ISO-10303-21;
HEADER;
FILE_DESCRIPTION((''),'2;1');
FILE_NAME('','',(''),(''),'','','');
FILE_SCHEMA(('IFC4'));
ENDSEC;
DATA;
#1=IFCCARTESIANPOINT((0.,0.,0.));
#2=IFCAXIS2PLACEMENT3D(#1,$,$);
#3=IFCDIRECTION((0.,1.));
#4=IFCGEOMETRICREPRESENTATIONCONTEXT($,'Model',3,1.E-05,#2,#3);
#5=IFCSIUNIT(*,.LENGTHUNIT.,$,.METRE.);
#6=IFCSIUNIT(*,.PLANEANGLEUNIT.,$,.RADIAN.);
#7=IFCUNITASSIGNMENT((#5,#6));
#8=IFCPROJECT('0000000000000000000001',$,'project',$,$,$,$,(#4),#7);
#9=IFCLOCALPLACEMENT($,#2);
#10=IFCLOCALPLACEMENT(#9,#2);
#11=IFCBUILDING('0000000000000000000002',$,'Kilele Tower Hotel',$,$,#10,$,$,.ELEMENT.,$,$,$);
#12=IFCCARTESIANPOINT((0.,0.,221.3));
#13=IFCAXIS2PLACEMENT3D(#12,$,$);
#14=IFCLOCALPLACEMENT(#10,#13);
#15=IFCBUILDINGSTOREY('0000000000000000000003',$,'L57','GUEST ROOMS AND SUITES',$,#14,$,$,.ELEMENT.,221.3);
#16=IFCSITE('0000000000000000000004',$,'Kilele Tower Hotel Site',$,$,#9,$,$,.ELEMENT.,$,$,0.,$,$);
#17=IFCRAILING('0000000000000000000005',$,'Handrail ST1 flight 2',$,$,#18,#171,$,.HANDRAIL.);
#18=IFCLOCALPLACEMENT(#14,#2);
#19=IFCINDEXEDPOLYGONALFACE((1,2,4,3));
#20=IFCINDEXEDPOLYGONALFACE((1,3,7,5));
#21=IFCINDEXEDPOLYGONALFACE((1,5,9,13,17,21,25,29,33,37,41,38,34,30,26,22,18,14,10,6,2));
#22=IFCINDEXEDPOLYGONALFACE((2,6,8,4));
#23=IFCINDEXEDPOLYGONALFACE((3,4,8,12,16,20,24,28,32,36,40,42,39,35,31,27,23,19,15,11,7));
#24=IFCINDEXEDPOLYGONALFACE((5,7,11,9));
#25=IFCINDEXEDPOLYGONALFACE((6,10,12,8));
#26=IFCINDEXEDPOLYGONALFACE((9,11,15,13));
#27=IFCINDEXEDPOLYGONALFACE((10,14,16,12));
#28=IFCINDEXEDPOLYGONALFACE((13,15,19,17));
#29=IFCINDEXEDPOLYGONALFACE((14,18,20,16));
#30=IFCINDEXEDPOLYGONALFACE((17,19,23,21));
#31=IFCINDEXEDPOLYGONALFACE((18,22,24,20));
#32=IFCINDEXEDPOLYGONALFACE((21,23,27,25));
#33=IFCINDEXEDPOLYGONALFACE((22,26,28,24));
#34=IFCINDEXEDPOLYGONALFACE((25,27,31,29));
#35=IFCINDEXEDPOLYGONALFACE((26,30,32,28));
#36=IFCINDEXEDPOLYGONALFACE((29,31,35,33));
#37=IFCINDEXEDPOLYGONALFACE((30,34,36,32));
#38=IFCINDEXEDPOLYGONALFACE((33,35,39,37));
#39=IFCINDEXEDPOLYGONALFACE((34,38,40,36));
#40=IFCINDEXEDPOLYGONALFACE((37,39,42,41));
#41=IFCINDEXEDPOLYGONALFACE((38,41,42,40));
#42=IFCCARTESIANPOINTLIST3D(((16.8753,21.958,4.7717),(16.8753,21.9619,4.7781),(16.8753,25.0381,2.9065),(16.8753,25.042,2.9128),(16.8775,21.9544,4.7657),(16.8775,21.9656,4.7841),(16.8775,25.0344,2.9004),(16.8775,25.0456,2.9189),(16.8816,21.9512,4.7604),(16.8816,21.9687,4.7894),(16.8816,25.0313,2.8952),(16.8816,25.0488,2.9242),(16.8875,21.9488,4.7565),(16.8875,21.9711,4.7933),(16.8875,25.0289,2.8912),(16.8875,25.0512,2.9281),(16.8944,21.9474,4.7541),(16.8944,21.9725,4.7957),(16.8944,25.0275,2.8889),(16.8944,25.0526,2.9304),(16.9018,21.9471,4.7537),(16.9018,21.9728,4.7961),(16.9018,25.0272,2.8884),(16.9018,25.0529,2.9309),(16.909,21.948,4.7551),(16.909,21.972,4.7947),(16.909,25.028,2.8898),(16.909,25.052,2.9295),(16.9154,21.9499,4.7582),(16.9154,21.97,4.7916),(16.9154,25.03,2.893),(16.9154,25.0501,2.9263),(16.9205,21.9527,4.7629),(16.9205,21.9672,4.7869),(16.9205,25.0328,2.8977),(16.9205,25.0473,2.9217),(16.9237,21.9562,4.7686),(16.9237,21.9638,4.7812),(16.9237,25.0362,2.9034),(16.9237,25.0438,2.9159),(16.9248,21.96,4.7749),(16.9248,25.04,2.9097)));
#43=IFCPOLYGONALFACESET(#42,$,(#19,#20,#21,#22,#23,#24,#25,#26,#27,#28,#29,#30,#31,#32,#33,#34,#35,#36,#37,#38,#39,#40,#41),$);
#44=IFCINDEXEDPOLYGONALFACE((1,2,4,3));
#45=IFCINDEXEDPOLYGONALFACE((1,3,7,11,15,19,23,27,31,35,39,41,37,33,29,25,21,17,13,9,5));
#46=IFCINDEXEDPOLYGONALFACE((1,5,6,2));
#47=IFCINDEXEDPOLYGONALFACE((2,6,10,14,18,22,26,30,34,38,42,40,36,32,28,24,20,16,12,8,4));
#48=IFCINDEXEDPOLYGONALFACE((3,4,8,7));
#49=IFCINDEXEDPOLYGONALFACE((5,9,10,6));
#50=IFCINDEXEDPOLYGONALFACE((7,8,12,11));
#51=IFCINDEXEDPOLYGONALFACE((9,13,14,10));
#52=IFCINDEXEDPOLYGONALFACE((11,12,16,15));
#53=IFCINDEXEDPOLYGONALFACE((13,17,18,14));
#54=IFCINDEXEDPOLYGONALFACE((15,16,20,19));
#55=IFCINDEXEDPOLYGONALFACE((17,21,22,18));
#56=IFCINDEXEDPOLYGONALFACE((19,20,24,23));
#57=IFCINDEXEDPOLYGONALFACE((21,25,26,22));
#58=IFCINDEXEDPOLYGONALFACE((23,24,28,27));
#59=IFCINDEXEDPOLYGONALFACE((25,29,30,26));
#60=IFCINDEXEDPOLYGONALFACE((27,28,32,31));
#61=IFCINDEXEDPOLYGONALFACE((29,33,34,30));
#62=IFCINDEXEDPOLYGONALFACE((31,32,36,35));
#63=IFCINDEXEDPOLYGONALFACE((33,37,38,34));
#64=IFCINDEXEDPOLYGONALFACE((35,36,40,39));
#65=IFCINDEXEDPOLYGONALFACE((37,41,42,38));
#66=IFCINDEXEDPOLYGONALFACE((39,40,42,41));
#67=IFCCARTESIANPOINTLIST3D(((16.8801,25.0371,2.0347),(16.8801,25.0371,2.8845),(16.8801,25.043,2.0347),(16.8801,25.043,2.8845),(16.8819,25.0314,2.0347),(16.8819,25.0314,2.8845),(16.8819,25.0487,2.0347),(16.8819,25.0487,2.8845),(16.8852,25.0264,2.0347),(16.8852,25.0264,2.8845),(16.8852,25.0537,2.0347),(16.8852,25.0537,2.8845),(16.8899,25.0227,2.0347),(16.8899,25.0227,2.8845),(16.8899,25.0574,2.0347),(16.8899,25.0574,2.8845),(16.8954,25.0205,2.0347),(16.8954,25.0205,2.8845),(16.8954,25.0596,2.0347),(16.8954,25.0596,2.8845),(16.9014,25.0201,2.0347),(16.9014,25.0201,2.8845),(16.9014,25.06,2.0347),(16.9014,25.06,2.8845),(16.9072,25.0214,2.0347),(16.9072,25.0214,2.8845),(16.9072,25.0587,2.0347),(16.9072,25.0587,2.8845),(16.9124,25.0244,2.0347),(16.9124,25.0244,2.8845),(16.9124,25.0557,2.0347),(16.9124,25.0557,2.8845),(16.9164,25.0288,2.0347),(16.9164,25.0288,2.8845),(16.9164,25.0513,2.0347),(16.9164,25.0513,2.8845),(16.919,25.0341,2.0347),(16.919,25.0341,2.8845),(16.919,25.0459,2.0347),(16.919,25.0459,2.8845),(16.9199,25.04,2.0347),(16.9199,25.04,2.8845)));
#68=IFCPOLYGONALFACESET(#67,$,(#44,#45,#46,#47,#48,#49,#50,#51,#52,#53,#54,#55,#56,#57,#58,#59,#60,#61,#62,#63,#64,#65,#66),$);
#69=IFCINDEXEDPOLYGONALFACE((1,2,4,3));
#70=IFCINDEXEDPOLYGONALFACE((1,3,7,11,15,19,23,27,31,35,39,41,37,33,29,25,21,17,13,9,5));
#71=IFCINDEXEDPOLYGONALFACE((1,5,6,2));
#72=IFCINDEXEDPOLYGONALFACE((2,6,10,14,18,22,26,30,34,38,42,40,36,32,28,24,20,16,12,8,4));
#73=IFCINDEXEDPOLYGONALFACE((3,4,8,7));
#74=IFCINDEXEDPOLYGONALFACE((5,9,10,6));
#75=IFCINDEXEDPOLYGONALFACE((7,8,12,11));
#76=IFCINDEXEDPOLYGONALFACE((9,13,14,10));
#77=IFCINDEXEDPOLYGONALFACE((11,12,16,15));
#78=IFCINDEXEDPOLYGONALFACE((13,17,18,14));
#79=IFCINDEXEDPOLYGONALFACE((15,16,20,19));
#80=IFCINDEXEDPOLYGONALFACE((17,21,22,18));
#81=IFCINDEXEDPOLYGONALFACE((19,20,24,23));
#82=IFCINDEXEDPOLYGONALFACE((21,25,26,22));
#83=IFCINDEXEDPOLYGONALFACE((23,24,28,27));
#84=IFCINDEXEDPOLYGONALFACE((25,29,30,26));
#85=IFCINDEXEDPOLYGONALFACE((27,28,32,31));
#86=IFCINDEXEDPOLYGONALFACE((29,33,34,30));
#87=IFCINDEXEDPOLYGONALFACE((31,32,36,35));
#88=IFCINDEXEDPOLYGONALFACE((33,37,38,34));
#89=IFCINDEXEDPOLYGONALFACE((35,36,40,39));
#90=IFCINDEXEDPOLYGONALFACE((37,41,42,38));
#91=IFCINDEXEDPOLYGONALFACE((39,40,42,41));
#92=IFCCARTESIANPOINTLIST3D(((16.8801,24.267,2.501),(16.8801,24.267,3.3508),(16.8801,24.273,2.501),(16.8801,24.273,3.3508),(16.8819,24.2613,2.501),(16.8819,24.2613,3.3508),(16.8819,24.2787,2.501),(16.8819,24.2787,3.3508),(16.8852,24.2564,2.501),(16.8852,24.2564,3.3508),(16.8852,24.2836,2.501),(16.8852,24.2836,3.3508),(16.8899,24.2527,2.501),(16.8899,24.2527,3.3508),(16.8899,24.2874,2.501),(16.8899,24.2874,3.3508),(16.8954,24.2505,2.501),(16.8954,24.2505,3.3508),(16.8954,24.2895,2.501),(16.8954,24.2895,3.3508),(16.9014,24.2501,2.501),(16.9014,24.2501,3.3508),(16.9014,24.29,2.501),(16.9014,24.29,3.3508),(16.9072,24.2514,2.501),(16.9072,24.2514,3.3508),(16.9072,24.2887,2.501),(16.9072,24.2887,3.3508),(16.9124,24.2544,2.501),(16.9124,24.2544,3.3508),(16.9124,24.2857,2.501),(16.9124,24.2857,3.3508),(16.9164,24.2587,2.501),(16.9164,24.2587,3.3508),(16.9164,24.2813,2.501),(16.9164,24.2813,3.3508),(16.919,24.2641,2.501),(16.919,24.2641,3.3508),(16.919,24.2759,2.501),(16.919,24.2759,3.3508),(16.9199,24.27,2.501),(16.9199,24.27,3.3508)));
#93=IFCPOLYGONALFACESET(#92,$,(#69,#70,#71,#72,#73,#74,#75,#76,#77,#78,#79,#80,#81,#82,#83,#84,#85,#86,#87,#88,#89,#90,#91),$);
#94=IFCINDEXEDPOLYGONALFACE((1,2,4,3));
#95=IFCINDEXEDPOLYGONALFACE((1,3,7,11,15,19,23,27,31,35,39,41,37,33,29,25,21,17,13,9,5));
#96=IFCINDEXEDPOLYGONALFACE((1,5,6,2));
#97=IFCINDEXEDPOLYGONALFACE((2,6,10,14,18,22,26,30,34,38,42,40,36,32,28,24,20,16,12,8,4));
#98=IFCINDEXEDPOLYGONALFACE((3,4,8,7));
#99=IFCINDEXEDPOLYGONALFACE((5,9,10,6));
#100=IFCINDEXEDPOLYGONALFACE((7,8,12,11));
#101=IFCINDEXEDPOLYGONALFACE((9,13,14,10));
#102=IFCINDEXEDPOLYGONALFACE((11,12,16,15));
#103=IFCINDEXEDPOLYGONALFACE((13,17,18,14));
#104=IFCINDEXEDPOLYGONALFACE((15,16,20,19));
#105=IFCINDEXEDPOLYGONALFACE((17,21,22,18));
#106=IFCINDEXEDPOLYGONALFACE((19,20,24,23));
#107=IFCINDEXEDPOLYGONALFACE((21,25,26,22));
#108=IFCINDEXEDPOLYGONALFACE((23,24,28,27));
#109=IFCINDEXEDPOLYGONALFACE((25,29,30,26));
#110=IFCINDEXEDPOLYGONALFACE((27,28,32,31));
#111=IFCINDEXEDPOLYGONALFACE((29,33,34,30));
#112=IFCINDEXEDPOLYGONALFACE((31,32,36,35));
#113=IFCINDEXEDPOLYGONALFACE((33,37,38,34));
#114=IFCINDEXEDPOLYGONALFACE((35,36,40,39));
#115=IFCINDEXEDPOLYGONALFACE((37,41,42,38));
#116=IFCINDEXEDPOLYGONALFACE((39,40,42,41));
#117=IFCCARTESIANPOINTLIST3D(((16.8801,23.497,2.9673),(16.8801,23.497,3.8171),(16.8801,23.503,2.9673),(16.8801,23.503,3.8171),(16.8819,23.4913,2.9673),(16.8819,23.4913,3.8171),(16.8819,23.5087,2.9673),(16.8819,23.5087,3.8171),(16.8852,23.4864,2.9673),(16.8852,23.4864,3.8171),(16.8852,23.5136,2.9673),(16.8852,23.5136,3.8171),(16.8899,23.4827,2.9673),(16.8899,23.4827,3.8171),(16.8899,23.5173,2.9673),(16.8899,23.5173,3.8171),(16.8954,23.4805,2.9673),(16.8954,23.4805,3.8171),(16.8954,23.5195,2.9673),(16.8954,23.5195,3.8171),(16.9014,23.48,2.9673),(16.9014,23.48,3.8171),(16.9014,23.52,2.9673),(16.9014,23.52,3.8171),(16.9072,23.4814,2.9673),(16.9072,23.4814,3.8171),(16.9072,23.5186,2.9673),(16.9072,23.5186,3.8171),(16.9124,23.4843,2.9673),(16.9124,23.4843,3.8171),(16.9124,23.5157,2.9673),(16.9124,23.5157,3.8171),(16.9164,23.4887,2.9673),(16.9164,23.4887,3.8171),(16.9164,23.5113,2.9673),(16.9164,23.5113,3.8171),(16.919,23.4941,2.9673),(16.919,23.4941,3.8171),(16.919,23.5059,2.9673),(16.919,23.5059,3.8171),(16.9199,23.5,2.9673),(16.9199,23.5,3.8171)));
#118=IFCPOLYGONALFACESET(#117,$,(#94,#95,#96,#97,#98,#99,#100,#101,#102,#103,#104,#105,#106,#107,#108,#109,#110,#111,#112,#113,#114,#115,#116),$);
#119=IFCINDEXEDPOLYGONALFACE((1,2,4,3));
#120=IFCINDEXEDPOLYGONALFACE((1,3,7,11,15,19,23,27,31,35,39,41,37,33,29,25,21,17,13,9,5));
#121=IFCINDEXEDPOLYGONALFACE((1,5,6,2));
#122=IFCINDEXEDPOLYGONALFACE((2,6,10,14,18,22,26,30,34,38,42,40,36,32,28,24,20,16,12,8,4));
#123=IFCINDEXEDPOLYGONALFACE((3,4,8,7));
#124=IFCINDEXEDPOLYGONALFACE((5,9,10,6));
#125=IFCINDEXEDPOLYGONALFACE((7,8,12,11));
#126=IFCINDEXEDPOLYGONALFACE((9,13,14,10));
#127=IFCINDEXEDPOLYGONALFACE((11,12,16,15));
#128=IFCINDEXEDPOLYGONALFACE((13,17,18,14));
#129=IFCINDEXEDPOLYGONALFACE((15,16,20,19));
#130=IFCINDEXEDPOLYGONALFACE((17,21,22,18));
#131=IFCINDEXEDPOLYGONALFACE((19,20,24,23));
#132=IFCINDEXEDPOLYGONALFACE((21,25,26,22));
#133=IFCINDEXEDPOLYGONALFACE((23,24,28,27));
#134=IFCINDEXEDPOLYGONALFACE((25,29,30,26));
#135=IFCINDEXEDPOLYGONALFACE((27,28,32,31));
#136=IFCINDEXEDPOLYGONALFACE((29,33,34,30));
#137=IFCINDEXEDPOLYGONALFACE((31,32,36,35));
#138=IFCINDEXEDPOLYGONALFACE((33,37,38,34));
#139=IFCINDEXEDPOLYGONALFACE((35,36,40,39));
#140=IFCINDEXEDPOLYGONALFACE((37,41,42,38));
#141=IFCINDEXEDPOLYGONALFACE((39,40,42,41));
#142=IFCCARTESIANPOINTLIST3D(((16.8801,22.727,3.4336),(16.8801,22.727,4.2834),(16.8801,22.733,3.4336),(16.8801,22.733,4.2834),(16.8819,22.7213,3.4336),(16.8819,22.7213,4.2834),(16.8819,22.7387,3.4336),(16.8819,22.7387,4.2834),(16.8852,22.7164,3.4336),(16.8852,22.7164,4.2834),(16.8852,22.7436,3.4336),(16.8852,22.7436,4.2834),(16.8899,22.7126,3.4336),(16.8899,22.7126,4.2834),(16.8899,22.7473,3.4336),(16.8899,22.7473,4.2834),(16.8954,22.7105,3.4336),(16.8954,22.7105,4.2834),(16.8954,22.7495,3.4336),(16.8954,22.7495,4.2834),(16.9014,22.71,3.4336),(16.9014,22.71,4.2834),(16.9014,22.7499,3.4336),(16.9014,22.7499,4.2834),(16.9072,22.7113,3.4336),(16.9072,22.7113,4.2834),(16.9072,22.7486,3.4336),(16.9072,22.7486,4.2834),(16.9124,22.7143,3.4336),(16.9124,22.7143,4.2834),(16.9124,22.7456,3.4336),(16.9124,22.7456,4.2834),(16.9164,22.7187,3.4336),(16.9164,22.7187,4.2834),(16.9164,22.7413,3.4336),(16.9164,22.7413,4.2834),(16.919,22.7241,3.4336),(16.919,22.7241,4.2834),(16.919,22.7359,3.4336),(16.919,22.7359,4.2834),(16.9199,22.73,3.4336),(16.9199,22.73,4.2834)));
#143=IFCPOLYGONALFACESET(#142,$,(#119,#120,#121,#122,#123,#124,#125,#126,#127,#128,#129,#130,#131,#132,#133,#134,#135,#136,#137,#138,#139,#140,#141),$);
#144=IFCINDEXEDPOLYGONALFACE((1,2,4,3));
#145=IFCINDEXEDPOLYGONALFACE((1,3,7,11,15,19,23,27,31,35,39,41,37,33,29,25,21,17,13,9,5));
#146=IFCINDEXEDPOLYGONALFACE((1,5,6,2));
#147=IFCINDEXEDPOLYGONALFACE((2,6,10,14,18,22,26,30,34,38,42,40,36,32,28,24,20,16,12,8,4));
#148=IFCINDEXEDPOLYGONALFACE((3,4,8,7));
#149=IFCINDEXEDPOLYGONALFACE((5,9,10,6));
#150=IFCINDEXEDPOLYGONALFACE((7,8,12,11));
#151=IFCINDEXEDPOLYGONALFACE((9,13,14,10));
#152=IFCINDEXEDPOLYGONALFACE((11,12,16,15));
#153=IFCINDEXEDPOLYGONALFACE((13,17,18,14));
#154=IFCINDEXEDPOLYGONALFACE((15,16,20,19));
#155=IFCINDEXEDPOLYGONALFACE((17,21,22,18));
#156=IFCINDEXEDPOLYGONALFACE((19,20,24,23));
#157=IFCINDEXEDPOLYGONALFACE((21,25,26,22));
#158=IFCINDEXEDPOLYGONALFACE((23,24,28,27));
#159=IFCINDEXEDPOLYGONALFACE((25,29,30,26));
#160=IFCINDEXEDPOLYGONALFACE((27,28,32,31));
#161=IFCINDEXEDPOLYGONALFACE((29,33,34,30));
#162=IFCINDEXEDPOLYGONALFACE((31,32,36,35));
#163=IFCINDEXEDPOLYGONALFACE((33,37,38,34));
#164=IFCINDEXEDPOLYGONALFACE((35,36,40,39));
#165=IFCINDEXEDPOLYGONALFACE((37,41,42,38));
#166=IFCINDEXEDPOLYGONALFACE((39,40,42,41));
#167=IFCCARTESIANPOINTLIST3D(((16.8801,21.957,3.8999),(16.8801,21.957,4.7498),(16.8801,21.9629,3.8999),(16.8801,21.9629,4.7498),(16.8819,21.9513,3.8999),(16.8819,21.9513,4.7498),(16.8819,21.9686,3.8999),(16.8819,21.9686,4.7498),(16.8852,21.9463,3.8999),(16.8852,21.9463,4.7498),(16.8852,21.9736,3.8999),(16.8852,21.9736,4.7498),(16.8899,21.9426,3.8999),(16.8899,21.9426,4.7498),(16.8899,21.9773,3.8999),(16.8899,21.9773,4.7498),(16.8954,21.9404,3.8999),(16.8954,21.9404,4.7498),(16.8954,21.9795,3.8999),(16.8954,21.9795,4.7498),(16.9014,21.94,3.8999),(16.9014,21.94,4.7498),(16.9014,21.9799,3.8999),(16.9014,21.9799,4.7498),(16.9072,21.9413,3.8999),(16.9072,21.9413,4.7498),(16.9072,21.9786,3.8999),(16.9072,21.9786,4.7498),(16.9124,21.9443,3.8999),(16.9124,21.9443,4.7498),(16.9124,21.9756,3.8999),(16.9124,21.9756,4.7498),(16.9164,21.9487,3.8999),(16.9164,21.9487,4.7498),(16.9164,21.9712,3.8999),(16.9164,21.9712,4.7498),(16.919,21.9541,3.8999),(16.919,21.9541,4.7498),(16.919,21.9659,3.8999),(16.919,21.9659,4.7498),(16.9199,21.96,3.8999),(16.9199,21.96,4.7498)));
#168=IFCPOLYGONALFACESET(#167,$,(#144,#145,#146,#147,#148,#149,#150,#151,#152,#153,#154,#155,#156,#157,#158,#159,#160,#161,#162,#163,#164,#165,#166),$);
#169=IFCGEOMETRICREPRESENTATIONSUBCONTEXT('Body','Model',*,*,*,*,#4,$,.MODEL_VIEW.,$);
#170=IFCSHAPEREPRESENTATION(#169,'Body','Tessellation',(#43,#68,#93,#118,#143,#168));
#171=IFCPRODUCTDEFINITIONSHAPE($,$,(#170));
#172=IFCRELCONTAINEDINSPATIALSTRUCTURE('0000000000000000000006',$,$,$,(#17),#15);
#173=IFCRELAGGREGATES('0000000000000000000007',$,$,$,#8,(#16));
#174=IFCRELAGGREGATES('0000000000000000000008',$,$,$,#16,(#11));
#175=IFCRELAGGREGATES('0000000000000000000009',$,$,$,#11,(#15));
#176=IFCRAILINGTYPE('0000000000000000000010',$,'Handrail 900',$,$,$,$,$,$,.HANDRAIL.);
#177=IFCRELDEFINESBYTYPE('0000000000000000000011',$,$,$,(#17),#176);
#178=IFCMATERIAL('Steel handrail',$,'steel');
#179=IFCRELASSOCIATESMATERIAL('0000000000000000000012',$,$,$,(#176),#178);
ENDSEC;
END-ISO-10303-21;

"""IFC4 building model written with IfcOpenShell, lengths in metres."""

from ifc_helpers import new_model, si_unit, direction, frame, origin, origin_2d, place, context, subcontext, project, spatial, circle, extrude, material, type_object, element, save


model = new_model("IFC4")

# Units and contexts
model_context = context("Model", 3, precision=1e-05, world=origin(), true_north=direction((0.0, 1.0)))
body_context = subcontext(model_context, "Body", "Model", "MODEL_VIEW")
ifc_project = project(units=[si_unit("LENGTHUNIT", "METRE"), si_unit("PLANEANGLEUNIT", "RADIAN")], contexts=[model_context])

# Site, building, storey
site_placement = place(None, origin())
site = spatial("IfcSite", under=ifc_project, at=site_placement, Name="Kilele Tower Hotel Site", CompositionType="ELEMENT", RefElevation=0.0)
building_placement = place(site_placement, origin())
building = spatial("IfcBuilding", under=site, at=building_placement, Name="Kilele Tower Hotel", CompositionType="ELEMENT")
storey_placement = place(building_placement, frame((0.0, 0.0, 221.3)))
storey = spatial("IfcBuildingStorey", under=building, at=storey_placement, Name="L57", Description="GUEST ROOMS AND SUITES", CompositionType="ELEMENT", Elevation=221.3)

# Railing
ifc_material_1 = material(Name="Steel handrail", Category="steel")
railing_type_1 = type_object("IfcRailingType", Name="Handrail 900", PredefinedType="HANDRAIL", material=ifc_material_1)
for number, where, name in (
    (1, (16.8999, 25.04, 2.0347), "Handrail ST1 flight 2"),
):
    element("IfcRailing", number, at=place(storey_placement, frame(where)), inside=storey, type_object=railing_type_1, Name=name, PredefinedType="HANDRAIL", context=body_context, shape_type="SweptSolid", body=[
        extrude(circle(Radius=0.0249, at=origin_2d()), frame((0.0, 0.0, 0.875), z_axis=(0.0, -0.85538, 0.518001), x_axis=(1.0, 0.0, 0.0)), (0.0, 0.0, 1.0), 3.6008),
        extrude(circle(Radius=0.02, at=origin_2d()), origin(), (0.0, 0.0, 1.0), 0.8499),
        extrude(circle(Radius=0.02, at=origin_2d()), frame((0.0, -0.77, 0.4663)), (0.0, 0.0, 1.0), 0.8499),
        extrude(circle(Radius=0.02, at=origin_2d()), frame((0.0, -1.54, 0.9326)), (0.0, 0.0, 1.0), 0.8499),
        extrude(circle(Radius=0.02, at=origin_2d()), frame((0.0, -2.3101, 1.3989)), (0.0, 0.0, 1.0), 0.8499),
        extrude(circle(Radius=0.02, at=origin_2d()), frame((0.0, -3.0801, 1.8652)), (0.0, 0.0, 1.0), 0.8499),
    ])

save(model, "model.ifc")
